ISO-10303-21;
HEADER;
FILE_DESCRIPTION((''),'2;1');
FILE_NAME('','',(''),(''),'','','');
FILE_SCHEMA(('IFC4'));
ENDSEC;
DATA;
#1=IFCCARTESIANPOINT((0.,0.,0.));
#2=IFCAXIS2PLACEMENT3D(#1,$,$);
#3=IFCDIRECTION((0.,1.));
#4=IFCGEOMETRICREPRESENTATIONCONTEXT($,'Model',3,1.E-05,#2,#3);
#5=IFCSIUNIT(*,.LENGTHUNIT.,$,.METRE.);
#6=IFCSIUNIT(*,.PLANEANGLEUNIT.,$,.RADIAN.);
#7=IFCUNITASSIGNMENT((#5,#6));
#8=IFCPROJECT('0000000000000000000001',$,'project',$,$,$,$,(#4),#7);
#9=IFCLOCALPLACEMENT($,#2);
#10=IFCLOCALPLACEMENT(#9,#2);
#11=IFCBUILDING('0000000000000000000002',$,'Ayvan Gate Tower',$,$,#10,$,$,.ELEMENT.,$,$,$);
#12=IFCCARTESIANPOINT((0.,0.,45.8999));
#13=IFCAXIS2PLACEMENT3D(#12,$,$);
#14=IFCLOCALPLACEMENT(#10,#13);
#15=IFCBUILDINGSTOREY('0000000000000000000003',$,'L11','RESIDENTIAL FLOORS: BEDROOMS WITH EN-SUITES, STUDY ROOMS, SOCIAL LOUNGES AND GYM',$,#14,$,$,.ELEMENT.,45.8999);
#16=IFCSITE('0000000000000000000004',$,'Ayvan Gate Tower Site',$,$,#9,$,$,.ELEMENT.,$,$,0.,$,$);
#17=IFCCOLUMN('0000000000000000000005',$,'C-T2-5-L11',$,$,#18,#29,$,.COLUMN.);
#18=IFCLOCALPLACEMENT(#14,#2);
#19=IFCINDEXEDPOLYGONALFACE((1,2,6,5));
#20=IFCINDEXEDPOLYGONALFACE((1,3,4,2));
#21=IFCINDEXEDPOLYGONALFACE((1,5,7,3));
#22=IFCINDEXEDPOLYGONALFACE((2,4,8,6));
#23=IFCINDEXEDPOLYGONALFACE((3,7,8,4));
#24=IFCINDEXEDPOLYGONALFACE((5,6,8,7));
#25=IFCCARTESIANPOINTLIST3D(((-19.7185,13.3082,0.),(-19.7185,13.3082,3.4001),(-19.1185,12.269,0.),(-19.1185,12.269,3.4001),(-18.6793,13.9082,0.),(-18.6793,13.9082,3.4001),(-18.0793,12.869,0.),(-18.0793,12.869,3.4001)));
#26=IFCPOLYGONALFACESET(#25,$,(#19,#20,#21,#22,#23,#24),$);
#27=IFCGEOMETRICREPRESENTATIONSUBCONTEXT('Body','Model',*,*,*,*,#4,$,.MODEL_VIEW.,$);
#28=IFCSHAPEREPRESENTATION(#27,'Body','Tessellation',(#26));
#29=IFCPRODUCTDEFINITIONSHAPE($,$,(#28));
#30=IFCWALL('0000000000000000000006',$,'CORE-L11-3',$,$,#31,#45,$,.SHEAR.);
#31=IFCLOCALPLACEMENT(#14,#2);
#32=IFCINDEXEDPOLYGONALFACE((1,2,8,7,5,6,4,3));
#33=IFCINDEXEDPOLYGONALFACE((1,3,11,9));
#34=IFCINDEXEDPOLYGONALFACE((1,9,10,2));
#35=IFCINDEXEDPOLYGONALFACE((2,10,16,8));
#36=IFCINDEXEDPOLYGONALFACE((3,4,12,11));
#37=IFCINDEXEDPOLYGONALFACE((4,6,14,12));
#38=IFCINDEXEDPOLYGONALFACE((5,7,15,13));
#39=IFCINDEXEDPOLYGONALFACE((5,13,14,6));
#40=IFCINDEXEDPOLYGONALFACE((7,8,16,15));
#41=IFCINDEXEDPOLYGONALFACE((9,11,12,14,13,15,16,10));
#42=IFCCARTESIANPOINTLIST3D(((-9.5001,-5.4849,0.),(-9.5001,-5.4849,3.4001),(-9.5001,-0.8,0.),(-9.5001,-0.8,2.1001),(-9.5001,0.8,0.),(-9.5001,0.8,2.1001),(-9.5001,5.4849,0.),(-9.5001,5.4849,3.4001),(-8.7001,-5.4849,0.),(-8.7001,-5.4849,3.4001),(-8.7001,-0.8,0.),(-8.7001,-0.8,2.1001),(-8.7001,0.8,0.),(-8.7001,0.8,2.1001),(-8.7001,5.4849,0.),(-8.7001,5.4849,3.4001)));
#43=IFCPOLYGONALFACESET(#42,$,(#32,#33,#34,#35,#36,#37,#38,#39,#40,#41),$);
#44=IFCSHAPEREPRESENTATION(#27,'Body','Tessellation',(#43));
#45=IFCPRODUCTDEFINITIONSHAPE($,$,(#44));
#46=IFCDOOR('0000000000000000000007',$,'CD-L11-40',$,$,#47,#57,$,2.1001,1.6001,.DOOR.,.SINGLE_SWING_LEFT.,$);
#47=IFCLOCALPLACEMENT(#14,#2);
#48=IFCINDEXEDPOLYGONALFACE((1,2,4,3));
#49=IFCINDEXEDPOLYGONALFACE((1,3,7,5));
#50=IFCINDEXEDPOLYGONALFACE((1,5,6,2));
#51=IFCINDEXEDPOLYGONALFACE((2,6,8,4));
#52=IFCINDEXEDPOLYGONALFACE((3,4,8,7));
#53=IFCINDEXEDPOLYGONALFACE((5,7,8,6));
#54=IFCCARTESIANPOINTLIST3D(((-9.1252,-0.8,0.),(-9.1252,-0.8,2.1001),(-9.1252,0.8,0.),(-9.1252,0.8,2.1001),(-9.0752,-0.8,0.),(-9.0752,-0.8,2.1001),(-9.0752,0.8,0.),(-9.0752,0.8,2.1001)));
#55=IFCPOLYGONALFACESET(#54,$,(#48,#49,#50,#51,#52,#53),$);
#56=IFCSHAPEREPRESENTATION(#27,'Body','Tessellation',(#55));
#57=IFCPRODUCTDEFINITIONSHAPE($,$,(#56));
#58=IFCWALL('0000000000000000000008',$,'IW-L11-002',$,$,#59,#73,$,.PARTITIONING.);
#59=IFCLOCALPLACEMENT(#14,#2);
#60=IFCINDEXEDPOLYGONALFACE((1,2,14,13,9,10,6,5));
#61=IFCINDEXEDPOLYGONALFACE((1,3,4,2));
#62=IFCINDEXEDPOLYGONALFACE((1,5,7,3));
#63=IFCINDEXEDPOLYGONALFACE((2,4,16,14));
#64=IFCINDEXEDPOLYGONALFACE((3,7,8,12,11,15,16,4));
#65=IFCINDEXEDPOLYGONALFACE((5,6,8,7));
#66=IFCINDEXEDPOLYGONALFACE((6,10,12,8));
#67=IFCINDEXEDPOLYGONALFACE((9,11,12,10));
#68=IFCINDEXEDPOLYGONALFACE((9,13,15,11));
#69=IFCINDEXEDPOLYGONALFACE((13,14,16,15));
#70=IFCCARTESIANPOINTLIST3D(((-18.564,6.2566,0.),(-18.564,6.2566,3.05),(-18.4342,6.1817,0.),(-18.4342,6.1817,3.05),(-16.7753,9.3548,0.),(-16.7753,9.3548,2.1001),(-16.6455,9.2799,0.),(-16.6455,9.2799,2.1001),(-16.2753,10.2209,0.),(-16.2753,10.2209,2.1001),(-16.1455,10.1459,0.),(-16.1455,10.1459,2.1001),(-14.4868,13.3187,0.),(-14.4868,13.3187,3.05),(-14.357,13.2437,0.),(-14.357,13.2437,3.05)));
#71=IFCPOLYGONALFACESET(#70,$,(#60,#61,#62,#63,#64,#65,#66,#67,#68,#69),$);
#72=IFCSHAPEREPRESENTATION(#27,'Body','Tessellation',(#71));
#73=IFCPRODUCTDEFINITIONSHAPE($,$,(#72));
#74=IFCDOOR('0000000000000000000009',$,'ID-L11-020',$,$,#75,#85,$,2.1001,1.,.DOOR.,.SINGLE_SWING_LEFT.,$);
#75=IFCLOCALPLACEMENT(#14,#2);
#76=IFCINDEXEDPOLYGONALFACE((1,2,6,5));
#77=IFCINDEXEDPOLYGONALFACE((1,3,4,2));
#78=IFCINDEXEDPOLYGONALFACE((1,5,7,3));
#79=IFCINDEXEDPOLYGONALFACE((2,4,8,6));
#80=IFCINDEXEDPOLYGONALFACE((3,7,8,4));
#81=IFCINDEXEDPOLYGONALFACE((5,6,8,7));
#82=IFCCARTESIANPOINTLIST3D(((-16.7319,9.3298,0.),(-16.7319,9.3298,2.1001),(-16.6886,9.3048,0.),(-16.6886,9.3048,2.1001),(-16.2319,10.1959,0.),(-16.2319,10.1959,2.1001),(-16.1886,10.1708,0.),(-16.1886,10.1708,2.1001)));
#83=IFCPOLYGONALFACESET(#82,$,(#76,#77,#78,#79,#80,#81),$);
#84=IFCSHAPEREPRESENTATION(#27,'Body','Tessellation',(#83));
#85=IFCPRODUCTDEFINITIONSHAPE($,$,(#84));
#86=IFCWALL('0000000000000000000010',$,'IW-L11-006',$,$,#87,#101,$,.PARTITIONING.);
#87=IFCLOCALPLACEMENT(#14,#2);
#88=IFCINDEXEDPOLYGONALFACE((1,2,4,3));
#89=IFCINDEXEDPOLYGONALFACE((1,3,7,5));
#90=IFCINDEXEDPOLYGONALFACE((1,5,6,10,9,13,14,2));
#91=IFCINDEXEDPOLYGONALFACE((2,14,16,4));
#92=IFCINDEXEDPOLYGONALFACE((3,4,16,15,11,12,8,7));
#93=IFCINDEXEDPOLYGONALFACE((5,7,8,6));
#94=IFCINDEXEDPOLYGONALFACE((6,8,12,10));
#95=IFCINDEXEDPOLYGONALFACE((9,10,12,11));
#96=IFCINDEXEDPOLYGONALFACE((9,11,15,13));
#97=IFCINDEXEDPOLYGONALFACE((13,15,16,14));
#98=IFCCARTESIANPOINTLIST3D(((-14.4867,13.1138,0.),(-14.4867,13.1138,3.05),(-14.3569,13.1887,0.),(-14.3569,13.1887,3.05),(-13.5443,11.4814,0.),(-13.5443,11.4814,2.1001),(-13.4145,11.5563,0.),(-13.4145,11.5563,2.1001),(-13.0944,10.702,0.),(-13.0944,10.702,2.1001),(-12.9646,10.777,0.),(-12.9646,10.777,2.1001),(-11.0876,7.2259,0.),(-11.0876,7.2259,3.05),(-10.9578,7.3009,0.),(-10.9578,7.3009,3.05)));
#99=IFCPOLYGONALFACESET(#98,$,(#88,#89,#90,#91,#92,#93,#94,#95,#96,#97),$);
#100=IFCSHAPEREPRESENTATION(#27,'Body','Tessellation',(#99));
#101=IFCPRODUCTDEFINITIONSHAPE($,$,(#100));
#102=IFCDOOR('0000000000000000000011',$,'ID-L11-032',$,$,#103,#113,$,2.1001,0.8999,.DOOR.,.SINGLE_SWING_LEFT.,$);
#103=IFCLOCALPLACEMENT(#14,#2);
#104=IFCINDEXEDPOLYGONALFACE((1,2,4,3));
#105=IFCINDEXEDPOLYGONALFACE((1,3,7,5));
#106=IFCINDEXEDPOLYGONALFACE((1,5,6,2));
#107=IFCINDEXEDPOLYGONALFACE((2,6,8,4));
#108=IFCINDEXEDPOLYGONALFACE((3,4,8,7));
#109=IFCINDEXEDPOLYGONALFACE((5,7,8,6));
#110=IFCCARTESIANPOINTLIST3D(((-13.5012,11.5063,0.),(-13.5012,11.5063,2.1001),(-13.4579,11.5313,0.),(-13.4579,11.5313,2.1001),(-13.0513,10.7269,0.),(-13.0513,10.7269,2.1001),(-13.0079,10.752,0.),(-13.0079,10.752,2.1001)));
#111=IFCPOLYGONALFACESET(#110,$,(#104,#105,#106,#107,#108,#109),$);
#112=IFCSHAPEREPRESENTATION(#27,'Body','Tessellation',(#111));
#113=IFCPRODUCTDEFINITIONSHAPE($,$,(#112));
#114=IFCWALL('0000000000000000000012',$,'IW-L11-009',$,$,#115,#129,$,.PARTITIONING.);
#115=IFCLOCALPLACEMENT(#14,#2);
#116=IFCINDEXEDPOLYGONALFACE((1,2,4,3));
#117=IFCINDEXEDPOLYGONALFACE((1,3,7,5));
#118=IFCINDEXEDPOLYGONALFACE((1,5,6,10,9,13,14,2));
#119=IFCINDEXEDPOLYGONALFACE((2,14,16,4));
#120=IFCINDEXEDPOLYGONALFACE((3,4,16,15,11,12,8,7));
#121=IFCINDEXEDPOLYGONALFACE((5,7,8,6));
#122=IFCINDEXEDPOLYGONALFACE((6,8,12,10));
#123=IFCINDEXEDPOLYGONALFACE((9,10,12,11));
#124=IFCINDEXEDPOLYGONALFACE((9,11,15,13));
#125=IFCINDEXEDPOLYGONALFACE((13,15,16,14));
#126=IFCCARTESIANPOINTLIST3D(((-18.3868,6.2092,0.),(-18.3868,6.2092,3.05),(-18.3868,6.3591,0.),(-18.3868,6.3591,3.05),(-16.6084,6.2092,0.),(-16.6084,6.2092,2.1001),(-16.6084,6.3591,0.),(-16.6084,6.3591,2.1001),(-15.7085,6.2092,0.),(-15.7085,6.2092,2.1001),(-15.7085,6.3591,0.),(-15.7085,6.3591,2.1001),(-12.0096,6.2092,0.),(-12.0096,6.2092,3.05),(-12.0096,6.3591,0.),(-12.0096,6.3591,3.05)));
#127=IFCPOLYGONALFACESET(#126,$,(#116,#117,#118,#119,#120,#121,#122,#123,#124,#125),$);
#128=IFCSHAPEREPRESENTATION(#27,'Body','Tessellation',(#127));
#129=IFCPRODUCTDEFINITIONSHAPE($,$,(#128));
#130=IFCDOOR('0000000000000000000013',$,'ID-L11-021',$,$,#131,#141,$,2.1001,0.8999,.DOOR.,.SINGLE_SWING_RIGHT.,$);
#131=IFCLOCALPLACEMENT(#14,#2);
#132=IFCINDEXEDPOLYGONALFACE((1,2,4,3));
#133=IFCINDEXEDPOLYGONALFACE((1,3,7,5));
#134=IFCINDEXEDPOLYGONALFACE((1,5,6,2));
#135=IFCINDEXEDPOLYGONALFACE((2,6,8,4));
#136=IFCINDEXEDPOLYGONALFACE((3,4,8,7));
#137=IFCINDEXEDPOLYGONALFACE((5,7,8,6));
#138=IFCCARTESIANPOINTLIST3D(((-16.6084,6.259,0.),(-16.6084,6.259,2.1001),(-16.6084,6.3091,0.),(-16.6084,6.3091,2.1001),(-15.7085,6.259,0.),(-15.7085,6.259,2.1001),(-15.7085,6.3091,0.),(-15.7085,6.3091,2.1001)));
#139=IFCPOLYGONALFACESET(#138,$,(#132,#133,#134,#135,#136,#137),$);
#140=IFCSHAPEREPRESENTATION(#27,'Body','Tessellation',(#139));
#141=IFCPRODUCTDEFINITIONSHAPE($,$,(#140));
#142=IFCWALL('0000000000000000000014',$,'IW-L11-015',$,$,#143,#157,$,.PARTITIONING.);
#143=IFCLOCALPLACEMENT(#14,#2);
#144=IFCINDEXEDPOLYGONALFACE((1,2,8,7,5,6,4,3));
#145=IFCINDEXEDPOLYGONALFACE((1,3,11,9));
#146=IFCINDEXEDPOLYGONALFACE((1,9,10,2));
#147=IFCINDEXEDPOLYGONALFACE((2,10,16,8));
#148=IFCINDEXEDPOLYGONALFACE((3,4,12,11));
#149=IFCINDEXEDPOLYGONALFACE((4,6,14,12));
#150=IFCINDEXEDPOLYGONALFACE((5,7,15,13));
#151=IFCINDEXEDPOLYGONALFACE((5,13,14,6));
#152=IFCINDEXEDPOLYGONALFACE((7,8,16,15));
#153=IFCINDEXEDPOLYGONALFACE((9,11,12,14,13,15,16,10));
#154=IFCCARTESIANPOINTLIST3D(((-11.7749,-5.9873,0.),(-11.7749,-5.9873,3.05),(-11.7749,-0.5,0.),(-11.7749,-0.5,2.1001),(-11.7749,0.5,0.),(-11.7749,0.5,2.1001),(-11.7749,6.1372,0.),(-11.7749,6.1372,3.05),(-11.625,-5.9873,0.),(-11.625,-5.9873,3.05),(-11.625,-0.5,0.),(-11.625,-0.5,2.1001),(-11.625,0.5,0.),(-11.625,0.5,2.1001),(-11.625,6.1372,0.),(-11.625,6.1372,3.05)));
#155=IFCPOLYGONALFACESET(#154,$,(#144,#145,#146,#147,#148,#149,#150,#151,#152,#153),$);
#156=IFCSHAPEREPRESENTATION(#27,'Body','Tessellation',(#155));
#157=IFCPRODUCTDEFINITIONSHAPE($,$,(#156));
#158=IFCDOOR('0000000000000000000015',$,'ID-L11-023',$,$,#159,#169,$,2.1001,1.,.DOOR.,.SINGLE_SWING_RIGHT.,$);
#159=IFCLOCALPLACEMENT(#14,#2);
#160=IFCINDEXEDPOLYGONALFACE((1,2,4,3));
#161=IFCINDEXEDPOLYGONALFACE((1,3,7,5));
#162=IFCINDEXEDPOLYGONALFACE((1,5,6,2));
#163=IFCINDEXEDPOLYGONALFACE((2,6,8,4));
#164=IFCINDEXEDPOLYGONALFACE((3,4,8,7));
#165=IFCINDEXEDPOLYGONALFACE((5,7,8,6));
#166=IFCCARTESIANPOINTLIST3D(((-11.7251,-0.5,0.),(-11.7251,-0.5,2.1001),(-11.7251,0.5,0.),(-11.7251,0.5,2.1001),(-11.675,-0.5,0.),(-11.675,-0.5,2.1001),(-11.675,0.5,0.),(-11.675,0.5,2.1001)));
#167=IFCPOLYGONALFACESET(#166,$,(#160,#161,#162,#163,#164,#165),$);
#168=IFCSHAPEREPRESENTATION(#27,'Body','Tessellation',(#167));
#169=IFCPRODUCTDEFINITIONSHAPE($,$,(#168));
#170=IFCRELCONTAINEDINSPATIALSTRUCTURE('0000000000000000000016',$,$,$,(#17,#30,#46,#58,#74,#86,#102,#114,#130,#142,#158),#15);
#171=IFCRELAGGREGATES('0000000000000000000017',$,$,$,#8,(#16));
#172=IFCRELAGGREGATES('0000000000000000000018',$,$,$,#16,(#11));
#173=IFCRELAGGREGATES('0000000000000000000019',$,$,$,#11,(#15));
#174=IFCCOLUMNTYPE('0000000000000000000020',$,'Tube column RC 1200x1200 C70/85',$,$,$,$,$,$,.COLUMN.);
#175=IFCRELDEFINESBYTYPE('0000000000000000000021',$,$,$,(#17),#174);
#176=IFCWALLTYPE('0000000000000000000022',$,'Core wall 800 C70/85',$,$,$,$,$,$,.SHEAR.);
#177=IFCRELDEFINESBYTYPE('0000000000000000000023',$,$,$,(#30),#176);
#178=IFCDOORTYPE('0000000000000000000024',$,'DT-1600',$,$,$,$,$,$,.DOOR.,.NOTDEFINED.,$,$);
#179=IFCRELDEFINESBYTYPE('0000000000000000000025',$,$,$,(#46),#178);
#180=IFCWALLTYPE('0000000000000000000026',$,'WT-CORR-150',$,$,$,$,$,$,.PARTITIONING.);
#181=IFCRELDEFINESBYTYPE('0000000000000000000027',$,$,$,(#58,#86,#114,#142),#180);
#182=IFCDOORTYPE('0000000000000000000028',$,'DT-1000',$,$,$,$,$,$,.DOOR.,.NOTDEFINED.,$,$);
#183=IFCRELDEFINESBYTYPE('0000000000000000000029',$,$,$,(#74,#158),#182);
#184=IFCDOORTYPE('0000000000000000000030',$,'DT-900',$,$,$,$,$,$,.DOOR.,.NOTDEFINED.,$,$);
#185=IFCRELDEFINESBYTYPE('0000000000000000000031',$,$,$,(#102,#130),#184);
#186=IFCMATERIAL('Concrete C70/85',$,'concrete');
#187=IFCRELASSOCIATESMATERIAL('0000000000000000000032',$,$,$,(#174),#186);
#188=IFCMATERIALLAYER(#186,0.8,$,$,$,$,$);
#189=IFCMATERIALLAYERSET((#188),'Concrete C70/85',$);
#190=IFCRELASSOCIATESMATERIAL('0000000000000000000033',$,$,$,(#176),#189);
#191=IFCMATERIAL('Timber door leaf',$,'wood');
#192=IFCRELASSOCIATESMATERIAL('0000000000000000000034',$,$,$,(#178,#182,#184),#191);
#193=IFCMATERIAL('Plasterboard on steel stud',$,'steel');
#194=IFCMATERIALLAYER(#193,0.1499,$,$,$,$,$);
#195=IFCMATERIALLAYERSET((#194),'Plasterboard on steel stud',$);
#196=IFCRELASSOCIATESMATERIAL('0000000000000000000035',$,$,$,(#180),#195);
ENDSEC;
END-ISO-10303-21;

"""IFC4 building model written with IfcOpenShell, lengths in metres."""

from ifc_helpers import new_model, si_unit, direction, frame, frame_2d, origin, origin_2d, place, context, subcontext, project, spatial, rectangle, extrude, material, layer, layer_set, material_profile, profile_set, type_object, element, fill, save


model = new_model("IFC4")

# Units and contexts
model_context = context("Model", 3, precision=1e-05, world=origin(), true_north=direction((0.0, 1.0)))
body_context = subcontext(model_context, "Body", "Model", "MODEL_VIEW")
ifc_project = project(units=[si_unit("LENGTHUNIT", "METRE"), si_unit("PLANEANGLEUNIT", "RADIAN")], contexts=[model_context])

# Site, building, storey
site_placement = place(None, origin())
site = spatial("IfcSite", under=ifc_project, at=site_placement, Name="Ayvan Gate Tower Site", CompositionType="ELEMENT", RefElevation=0.0)
building_placement = place(site_placement, origin())
building = spatial("IfcBuilding", under=site, at=building_placement, Name="Ayvan Gate Tower", CompositionType="ELEMENT")
storey_placement = place(building_placement, frame((0.0, 0.0, 45.8999)))
storey = spatial("IfcBuildingStorey", under=building, at=storey_placement, Name="L11", Description="RESIDENTIAL FLOORS: BEDROOMS WITH EN-SUITES, STUDY ROOMS, SOCIAL LOUNGES AND GYM", CompositionType="ELEMENT", Elevation=45.8999)

# Column
ifc_material_1 = material(Name="Concrete C70/85", Category="concrete")
ifc_material_profile = material_profile(ifc_material_1, rectangle(XDim=1.2, YDim=1.2, at=origin_2d()), Name="RC 1200x1200")
ifc_profile_set = profile_set([ifc_material_profile], Name="Concrete C70/85")
column_type = type_object("IfcColumnType", Name="Tube column RC 1200x1200 C70/85", PredefinedType="COLUMN", material=ifc_profile_set)
column_placement = place(storey_placement, frame((-18.8989, 13.0886, 0.0), z_axis=(0.0, 0.0, 1.0), x_axis=(-0.5, 0.866025, 0.0)))
element("IfcColumn", 1, at=column_placement, inside=storey, type_object=column_type, Name="C-T2-5-L11", PredefinedType="COLUMN", context=body_context, shape_type="SweptSolid", body=[
    extrude(rectangle(XDim=1.2, YDim=1.2, at=origin_2d()), origin(), (0.0, 0.0, 1.0), 3.4001),
])

# Walls, openings, doors
ifc_layer_1 = layer(ifc_material_1, 0.8)
ifc_layer_set_1 = layer_set([ifc_layer_1], Name="Concrete C70/85")
wall_type_1 = type_object("IfcWallType", Name="Core wall 800 C70/85", PredefinedType="SHEAR", material=ifc_layer_set_1)
wall_1_placement = place(storey_placement, frame((-9.1001, 5.4849, 0.0), z_axis=(0.0, 0.0, 1.0), x_axis=(0.0, -1.0, 0.0)))
wall_1 = element("IfcWall", 2, at=wall_1_placement, inside=storey, type_object=wall_type_1, Name="CORE-L11-3", PredefinedType="SHEAR", context=body_context, shape_type="SweptSolid", body=[
    extrude(rectangle(XDim=10.9697, YDim=0.8, at=frame_2d((5.4849, 0.0))), origin(), (0.0, 0.0, 1.0), 3.4001),
])
opening_1_placement = place(wall_1_placement, frame((4.6848, 0.0, 0.0)))
opening_1 = element("IfcOpeningElement", 3, at=opening_1_placement, cuts=wall_1, PredefinedType="OPENING", context=body_context, shape_type="SweptSolid", body=[
    extrude(rectangle(XDim=1.6001, YDim=2.1001, at=frame_2d((0.8, 1.05))), frame((0.0, 0.4099, 0.0), z_axis=(0.0, -1.0, 0.0), x_axis=(1.0, 0.0, 0.0)), (0.0, 0.0, 1.0), 0.8201),
])
ifc_material_2 = material(Name="Timber door leaf", Category="wood")
door_type_1 = type_object("IfcDoorType", Name="DT-1600", OperationType="NOTDEFINED", PredefinedType="DOOR", material=ifc_material_2)
door_1_placement = place(opening_1_placement, origin())
door_1 = element("IfcDoor", 4, at=door_1_placement, inside=storey, type_object=door_type_1, Name="CD-L11-40", OperationType="SINGLE_SWING_LEFT", OverallHeight=2.1001, OverallWidth=1.6001, PredefinedType="DOOR", context=body_context, shape_type="SweptSolid", body=[
    extrude(rectangle(XDim=1.6001, YDim=2.1001, at=frame_2d((0.8, 1.05))), frame((0.0, 0.0249, 0.0), z_axis=(0.0, -1.0, 0.0), x_axis=(1.0, 0.0, 0.0)), (0.0, 0.0, 1.0), 0.05),
])
fill(opening_1, door_1)
ifc_material_3 = material(Name="Plasterboard on steel stud", Category="steel")
ifc_layer_2 = layer(ifc_material_3, 0.1499)
ifc_layer_set_2 = layer_set([ifc_layer_2], Name="Plasterboard on steel stud")
wall_type_2 = type_object("IfcWallType", Name="WT-CORR-150", PredefinedType="PARTITIONING", material=ifc_layer_set_2)
wall_2_placement = place(storey_placement, frame((-18.499, 6.2192, 0.0), z_axis=(0.0, 0.0, 1.0), x_axis=(0.49999, 0.866031, 0.0)))
wall_2 = element("IfcWall", 5, at=wall_2_placement, inside=storey, type_object=wall_type_2, Name="IW-L11-002", PredefinedType="PARTITIONING", context=body_context, shape_type="SweptSolid", body=[
    extrude(rectangle(XDim=8.1545, YDim=0.1499, at=frame_2d((4.0771, 0.0))), origin(), (0.0, 0.0, 1.0), 3.05),
])
opening_2_placement = place(wall_2_placement, frame((3.5774, 0.0, 0.0)))
opening_2 = element("IfcOpeningElement", 6, at=opening_2_placement, cuts=wall_2, PredefinedType="OPENING", context=body_context, shape_type="SweptSolid", body=[
    extrude(rectangle(XDim=1.0, YDim=2.1001, at=frame_2d((0.5, 1.05))), frame((0.0, 0.085, 0.0), z_axis=(0.0, -1.0, 0.0), x_axis=(1.0, 0.0, 0.0)), (0.0, 0.0, 1.0), 0.1699),
])
door_type_2 = type_object("IfcDoorType", Name="DT-1000", OperationType="NOTDEFINED", PredefinedType="DOOR", material=ifc_material_2)
door_2_placement = place(opening_2_placement, origin())
door_2 = element("IfcDoor", 7, at=door_2_placement, inside=storey, type_object=door_type_2, Name="ID-L11-020", OperationType="SINGLE_SWING_LEFT", OverallHeight=2.1001, OverallWidth=1.0, PredefinedType="DOOR", context=body_context, shape_type="SweptSolid", body=[
    extrude(rectangle(XDim=1.0, YDim=2.1001, at=frame_2d((0.5, 1.05))), frame((0.0, 0.0249, 0.0), z_axis=(0.0, -1.0, 0.0), x_axis=(1.0, 0.0, 0.0)), (0.0, 0.0, 1.0), 0.05),
])
fill(opening_2, door_2)
wall_3_placement = place(storey_placement, frame((-14.4219, 13.1514, 0.0), z_axis=(0.0, 0.0, 1.0), x_axis=(0.499974, -0.86604, 0.0)))
wall_3 = element("IfcWall", 8, at=wall_3_placement, inside=storey, type_object=wall_type_2, Name="IW-L11-006", PredefinedType="PARTITIONING", context=body_context, shape_type="SweptSolid", body=[
    extrude(rectangle(XDim=6.7986, YDim=0.1499, at=frame_2d((3.3994, 0.0))), origin(), (0.0, 0.0, 1.0), 3.05),
])
opening_3_placement = place(wall_3_placement, frame((1.885, 0.0, 0.0)))
opening_3 = element("IfcOpeningElement", 9, at=opening_3_placement, cuts=wall_3, PredefinedType="OPENING", context=body_context, shape_type="SweptSolid", body=[
    extrude(rectangle(XDim=0.8999, YDim=2.1001, at=frame_2d((0.45, 1.05))), frame((0.0, 0.085, 0.0), z_axis=(0.0, -1.0, 0.0), x_axis=(1.0, 0.0, 0.0)), (0.0, 0.0, 1.0), 0.1699),
])
door_type_3 = type_object("IfcDoorType", Name="DT-900", OperationType="NOTDEFINED", PredefinedType="DOOR", material=ifc_material_2)
door_3_placement = place(opening_3_placement, origin())
door_3 = element("IfcDoor", 10, at=door_3_placement, inside=storey, type_object=door_type_3, Name="ID-L11-032", OperationType="SINGLE_SWING_LEFT", OverallHeight=2.1001, OverallWidth=0.8999, PredefinedType="DOOR", context=body_context, shape_type="SweptSolid", body=[
    extrude(rectangle(XDim=0.8999, YDim=2.1001, at=frame_2d((0.45, 1.05))), frame((0.0, 0.0249, 0.0), z_axis=(0.0, -1.0, 0.0), x_axis=(1.0, 0.0, 0.0)), (0.0, 0.0, 1.0), 0.05),
])
fill(opening_3, door_3)
wall_4_placement = place(storey_placement, frame((-18.3867, 6.2842, 0.0), z_axis=(0.0, 0.0, 1.0), x_axis=(1.0, 0.0, 0.0)))
wall_4 = element("IfcWall", 11, at=wall_4_placement, inside=storey, type_object=wall_type_2, Name="IW-L11-009", PredefinedType="PARTITIONING", context=body_context, shape_type="SweptSolid", body=[
    extrude(rectangle(XDim=6.3772, YDim=0.1499, at=frame_2d((3.1885, 0.0))), origin(), (0.0, 0.0, 1.0), 3.05),
])
opening_4_placement = place(wall_4_placement, frame((1.7783, 0.0, 0.0)))
opening_4 = element("IfcOpeningElement", 12, at=opening_4_placement, cuts=wall_4, PredefinedType="OPENING", context=body_context, shape_type="SweptSolid", body=[
    extrude(rectangle(XDim=0.8999, YDim=2.1001, at=frame_2d((0.45, 1.05))), frame((0.0, 0.085, 0.0), z_axis=(0.0, -1.0, 0.0), x_axis=(1.0, 0.0, 0.0)), (0.0, 0.0, 1.0), 0.1699),
])
door_4_placement = place(opening_4_placement, origin())
door_4 = element("IfcDoor", 13, at=door_4_placement, inside=storey, type_object=door_type_3, Name="ID-L11-021", OperationType="SINGLE_SWING_RIGHT", OverallHeight=2.1001, OverallWidth=0.8999, PredefinedType="DOOR", context=body_context, shape_type="SweptSolid", body=[
    extrude(rectangle(XDim=0.8999, YDim=2.1001, at=frame_2d((0.45, 1.05))), frame((0.0, 0.0249, 0.0), z_axis=(0.0, -1.0, 0.0), x_axis=(1.0, 0.0, 0.0)), (0.0, 0.0, 1.0), 0.05),
])
fill(opening_4, door_4)
wall_5_placement = place(storey_placement, frame((-11.7, 6.1372, 0.0), z_axis=(0.0, 0.0, 1.0), x_axis=(0.0, -1.0, 0.0)))
wall_5 = element("IfcWall", 14, at=wall_5_placement, inside=storey, type_object=wall_type_2, Name="IW-L11-015", PredefinedType="PARTITIONING", context=body_context, shape_type="SweptSolid", body=[
    extrude(rectangle(XDim=12.1245, YDim=0.1499, at=frame_2d((6.0623, 0.0))), origin(), (0.0, 0.0, 1.0), 3.05),
])
opening_5_placement = place(wall_5_placement, frame((5.6372, 0.0, 0.0)))
opening_5 = element("IfcOpeningElement", 15, at=opening_5_placement, cuts=wall_5, PredefinedType="OPENING", context=body_context, shape_type="SweptSolid", body=[
    extrude(rectangle(XDim=1.0, YDim=2.1001, at=frame_2d((0.5, 1.05))), frame((0.0, 0.085, 0.0), z_axis=(0.0, -1.0, 0.0), x_axis=(1.0, 0.0, 0.0)), (0.0, 0.0, 1.0), 0.1699),
])
door_5_placement = place(opening_5_placement, origin())
door_5 = element("IfcDoor", 16, at=door_5_placement, inside=storey, type_object=door_type_2, Name="ID-L11-023", OperationType="SINGLE_SWING_RIGHT", OverallHeight=2.1001, OverallWidth=1.0, PredefinedType="DOOR", context=body_context, shape_type="SweptSolid", body=[
    extrude(rectangle(XDim=1.0, YDim=2.1001, at=frame_2d((0.5, 1.05))), frame((0.0, 0.0249, 0.0), z_axis=(0.0, -1.0, 0.0), x_axis=(1.0, 0.0, 0.0)), (0.0, 0.0, 1.0), 0.05),
])
fill(opening_5, door_5)

save(model, "model.ifc")
